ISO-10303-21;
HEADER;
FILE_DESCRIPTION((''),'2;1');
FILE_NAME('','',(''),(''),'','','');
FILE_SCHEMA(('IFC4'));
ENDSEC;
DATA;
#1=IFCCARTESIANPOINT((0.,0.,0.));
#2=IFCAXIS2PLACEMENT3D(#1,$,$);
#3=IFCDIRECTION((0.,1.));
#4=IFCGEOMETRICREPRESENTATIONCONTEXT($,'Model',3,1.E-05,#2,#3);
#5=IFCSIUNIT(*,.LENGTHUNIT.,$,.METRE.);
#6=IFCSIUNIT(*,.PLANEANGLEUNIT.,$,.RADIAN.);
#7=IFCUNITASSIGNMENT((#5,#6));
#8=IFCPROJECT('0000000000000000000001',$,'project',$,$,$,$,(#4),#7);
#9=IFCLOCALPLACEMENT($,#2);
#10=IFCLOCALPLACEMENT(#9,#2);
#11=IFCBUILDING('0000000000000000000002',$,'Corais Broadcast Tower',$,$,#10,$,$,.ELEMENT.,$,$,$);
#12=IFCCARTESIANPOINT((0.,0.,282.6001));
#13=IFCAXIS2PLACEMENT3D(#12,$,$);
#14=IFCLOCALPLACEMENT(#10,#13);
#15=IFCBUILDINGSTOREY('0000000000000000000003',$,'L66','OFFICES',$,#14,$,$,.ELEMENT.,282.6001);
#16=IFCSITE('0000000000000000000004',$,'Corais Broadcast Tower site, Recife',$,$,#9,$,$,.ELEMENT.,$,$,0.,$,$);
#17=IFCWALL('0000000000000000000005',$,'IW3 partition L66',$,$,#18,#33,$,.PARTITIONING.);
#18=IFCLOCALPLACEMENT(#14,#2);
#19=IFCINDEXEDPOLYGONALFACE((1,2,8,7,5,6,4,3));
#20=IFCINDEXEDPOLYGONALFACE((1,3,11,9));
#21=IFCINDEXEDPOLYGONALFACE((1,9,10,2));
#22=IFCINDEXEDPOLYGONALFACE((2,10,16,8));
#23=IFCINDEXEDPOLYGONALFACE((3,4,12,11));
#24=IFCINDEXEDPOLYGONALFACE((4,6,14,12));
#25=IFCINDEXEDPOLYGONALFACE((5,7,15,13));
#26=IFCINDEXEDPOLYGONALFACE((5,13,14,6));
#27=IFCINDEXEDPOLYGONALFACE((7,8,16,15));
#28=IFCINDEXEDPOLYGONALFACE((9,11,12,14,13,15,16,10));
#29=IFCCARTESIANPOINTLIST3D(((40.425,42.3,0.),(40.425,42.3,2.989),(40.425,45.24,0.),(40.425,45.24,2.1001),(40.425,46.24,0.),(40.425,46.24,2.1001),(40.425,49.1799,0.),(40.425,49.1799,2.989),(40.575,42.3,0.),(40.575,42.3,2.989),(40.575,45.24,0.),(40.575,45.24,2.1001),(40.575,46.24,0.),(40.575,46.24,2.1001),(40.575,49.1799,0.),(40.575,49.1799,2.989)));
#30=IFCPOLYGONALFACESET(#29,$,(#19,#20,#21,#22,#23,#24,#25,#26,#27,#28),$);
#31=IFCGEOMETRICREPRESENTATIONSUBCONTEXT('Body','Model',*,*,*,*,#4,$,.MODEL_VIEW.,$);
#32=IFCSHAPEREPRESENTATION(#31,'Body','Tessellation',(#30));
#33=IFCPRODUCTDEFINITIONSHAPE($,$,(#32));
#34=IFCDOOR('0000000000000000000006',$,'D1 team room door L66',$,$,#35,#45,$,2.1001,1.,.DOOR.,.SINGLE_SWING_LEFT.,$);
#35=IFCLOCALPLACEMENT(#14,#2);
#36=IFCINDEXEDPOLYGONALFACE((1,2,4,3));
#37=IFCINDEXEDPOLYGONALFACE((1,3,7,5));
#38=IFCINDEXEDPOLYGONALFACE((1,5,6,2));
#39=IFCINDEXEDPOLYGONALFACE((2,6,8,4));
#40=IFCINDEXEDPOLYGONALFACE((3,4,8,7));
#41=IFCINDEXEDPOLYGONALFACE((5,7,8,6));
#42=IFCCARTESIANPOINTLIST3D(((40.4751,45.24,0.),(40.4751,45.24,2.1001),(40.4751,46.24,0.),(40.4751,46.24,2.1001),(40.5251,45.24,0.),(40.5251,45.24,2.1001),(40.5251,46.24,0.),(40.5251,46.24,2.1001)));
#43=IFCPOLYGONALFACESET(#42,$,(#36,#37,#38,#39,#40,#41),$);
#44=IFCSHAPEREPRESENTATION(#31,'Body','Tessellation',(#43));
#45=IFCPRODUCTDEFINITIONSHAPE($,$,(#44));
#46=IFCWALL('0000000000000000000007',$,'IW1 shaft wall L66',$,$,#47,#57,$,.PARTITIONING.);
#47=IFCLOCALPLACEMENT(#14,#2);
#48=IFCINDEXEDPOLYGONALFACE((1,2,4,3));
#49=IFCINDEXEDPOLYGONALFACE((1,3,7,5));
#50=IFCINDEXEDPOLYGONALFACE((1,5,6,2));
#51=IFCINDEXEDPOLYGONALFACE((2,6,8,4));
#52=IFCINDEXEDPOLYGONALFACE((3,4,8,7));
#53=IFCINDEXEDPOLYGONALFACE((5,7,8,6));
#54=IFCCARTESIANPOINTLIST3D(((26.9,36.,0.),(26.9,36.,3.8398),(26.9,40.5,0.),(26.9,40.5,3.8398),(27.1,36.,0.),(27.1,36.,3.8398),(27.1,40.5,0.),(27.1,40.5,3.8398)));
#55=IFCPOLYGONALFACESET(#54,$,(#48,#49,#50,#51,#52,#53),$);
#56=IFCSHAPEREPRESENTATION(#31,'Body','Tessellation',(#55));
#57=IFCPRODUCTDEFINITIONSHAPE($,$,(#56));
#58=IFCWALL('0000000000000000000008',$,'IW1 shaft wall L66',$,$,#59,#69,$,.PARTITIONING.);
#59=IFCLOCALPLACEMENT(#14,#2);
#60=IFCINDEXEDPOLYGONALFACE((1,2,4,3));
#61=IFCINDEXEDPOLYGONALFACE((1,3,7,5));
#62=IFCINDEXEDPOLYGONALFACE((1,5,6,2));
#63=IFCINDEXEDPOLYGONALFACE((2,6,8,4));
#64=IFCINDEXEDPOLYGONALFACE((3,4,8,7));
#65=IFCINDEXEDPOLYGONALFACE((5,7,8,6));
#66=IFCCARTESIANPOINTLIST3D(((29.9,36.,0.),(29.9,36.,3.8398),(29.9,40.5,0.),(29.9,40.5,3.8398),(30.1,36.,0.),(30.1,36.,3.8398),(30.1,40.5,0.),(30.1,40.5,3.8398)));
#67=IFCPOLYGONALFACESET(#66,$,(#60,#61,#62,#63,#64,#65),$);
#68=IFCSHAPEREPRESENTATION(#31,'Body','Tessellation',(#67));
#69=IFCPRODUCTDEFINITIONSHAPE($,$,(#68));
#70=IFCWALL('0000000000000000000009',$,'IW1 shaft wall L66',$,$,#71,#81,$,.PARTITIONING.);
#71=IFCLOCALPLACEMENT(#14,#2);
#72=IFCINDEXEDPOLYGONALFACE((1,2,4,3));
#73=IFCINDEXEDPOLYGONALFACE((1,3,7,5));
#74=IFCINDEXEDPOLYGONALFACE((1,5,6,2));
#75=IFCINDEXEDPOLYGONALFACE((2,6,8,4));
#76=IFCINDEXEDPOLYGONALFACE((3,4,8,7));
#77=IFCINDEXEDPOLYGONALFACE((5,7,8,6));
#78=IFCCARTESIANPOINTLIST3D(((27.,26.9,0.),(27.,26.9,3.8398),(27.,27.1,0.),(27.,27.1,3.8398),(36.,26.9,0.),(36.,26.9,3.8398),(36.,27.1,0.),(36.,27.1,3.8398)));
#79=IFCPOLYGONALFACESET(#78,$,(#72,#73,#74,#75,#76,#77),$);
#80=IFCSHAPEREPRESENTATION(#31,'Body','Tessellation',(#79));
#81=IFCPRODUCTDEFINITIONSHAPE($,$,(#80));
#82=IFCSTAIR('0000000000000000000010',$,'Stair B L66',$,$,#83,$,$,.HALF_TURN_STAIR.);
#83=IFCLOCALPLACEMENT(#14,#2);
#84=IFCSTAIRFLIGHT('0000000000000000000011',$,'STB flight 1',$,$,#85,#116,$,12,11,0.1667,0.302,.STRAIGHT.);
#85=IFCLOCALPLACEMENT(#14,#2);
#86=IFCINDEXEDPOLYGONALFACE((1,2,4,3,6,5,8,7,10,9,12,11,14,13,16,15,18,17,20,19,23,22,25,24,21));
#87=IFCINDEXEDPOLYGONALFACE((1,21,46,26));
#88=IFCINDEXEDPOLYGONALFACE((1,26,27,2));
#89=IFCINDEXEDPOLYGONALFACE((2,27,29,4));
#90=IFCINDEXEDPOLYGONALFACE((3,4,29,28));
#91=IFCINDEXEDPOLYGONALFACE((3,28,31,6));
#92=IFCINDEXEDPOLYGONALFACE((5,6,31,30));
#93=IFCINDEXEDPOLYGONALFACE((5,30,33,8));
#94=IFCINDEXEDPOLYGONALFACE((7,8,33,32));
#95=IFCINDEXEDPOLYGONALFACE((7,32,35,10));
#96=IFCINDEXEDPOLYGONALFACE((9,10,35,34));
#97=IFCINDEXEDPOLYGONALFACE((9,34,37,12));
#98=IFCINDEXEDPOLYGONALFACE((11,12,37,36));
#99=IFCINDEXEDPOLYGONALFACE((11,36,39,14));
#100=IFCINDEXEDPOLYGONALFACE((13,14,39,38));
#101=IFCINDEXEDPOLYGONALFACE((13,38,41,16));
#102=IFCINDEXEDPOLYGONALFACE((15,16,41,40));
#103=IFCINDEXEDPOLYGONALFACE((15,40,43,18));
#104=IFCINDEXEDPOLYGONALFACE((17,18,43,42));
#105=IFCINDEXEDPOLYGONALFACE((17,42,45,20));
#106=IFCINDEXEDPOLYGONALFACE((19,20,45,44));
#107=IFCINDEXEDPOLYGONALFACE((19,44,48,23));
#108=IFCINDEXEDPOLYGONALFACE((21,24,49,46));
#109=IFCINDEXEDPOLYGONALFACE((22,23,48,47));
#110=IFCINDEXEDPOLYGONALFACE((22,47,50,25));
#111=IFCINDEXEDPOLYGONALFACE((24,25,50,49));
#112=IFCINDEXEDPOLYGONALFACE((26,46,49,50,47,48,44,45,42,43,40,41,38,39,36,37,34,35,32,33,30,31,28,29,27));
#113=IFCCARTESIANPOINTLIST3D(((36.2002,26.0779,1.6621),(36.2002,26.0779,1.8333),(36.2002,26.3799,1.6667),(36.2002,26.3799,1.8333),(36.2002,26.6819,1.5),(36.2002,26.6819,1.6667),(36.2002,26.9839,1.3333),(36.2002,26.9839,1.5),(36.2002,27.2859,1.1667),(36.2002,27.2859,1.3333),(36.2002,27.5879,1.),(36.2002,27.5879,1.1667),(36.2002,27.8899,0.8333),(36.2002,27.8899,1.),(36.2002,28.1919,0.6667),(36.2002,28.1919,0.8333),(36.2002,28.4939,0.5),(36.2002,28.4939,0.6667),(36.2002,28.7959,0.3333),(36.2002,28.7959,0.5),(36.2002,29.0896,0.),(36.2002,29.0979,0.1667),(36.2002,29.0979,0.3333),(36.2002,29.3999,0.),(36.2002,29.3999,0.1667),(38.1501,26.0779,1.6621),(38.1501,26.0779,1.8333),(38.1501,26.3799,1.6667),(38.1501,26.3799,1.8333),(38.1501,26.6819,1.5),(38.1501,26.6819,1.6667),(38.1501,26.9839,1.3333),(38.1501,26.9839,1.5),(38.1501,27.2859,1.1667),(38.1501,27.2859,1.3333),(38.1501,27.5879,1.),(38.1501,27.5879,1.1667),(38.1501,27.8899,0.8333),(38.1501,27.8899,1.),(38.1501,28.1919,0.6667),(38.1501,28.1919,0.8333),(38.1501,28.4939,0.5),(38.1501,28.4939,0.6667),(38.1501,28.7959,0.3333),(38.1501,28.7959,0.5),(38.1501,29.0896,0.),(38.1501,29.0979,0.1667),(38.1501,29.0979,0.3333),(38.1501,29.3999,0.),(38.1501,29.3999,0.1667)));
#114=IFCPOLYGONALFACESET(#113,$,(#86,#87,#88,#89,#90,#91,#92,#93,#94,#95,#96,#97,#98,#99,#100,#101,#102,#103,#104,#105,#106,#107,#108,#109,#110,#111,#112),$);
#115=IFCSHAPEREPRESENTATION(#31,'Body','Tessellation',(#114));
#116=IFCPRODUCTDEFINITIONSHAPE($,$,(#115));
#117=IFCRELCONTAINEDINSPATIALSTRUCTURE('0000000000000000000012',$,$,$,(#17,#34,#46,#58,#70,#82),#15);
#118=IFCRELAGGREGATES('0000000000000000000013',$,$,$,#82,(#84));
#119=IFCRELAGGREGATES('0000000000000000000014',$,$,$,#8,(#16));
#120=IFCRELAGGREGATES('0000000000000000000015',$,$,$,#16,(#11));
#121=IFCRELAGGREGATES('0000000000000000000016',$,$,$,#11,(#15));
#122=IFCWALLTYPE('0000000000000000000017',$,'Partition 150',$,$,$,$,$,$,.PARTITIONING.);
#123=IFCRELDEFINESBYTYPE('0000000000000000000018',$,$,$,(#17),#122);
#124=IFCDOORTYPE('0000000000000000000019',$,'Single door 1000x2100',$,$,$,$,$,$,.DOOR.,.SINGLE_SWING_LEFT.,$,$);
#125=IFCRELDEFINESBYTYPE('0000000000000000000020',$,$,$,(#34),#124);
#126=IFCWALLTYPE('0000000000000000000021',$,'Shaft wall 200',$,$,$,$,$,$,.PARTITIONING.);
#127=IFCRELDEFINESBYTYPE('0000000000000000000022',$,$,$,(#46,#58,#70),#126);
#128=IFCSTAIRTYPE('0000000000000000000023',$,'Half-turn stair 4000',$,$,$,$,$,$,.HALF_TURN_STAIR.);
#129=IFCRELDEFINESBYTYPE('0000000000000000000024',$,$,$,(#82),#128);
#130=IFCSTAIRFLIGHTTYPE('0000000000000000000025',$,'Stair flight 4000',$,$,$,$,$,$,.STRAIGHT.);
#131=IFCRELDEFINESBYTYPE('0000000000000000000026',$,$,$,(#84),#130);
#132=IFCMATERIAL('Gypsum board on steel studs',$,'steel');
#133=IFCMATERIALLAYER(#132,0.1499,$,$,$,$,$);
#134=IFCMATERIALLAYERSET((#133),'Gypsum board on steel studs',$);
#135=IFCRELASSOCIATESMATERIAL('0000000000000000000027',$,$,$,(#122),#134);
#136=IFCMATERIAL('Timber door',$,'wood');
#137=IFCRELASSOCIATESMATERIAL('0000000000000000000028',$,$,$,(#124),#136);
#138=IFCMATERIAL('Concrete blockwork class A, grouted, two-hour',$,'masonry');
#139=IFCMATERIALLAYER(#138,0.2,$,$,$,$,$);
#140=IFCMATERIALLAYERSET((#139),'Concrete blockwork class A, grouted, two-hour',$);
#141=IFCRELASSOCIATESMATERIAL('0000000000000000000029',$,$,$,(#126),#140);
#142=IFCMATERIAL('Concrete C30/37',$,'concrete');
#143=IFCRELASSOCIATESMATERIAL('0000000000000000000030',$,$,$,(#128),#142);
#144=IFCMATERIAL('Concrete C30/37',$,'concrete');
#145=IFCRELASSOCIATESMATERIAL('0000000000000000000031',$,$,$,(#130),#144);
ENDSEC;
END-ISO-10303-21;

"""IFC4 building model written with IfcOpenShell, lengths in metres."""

from ifc_helpers import new_model, si_unit, direction, frame, frame_2d, origin, place, context, subcontext, project, spatial, polyline, rectangle, outline, extrude, material, layer, layer_set, type_object, element, fill, aggregate, save


model = new_model("IFC4")

# Units and contexts
model_context = context("Model", 3, precision=1e-05, world=origin(), true_north=direction((0.0, 1.0)))
body_context = subcontext(model_context, "Body", "Model", "MODEL_VIEW")
ifc_project = project(units=[si_unit("LENGTHUNIT", "METRE"), si_unit("PLANEANGLEUNIT", "RADIAN")], contexts=[model_context])

# Site, building, storey
site_placement = place(None, origin())
site = spatial("IfcSite", under=ifc_project, at=site_placement, Name="Corais Broadcast Tower site, Recife", CompositionType="ELEMENT", RefElevation=0.0)
building_placement = place(site_placement, origin())
building = spatial("IfcBuilding", under=site, at=building_placement, Name="Corais Broadcast Tower", CompositionType="ELEMENT")
storey_placement = place(building_placement, frame((0.0, 0.0, 282.6001)))
storey = spatial("IfcBuildingStorey", under=building, at=storey_placement, Name="L66", Description="OFFICES", CompositionType="ELEMENT", Elevation=282.6001)

# Shared definitions
ifc_material_1 = material(Name="Gypsum board on steel studs", Category="steel")
ifc_layer_1 = layer(ifc_material_1, 0.1499)
ifc_layer_set_1 = layer_set([ifc_layer_1], Name="Gypsum board on steel studs")
wall_type_1 = type_object("IfcWallType", Name="Partition 150", PredefinedType="PARTITIONING", material=ifc_layer_set_1)
ifc_material_2 = material(Name="Timber door", Category="wood")
door_type = type_object("IfcDoorType", Name="Single door 1000x2100", OperationType="SINGLE_SWING_LEFT", PredefinedType="DOOR", material=ifc_material_2)

# Wall, opening, door
wall_1_placement = place(storey_placement, frame((40.5, 42.3, 0.0), z_axis=(0.0, 0.0, 1.0), x_axis=(0.0, 1.0, 0.0)))
wall_1 = element("IfcWall", 1, at=wall_1_placement, inside=storey, type_object=wall_type_1, Name="IW3 partition L66", PredefinedType="PARTITIONING", context=body_context, shape_type="SweptSolid", body=[
    extrude(rectangle(XDim=6.8799, YDim=0.1499, at=frame_2d((3.4399, 0.0))), origin(), (0.0, 0.0, 1.0), 2.989),
])
opening_1_placement = place(wall_1_placement, frame((2.9399, 0.0, 0.0)))
opening_1 = element("IfcOpeningElement", 2, at=opening_1_placement, cuts=wall_1, PredefinedType="OPENING", context=body_context, shape_type="SweptSolid", body=[
    extrude(rectangle(XDim=1.0, YDim=2.1001, at=frame_2d((0.5, 1.05))), frame((0.0, 0.085, 0.0), z_axis=(0.0, -1.0, 0.0), x_axis=(1.0, 0.0, 0.0)), (0.0, 0.0, 1.0), 0.1699),
])
door_1_placement = place(opening_1_placement, origin())
door_1 = element("IfcDoor", 3, at=door_1_placement, inside=storey, type_object=door_type, Name="D1 team room door L66", OperationType="SINGLE_SWING_LEFT", OverallHeight=2.1001, OverallWidth=1.0, PredefinedType="DOOR", context=body_context, shape_type="SweptSolid", body=[
    extrude(rectangle(XDim=1.0, YDim=2.1001, at=frame_2d((0.5, 1.05))), frame((0.0, 0.0249, 0.0), z_axis=(0.0, -1.0, 0.0), x_axis=(1.0, 0.0, 0.0)), (0.0, 0.0, 1.0), 0.05),
])
fill(opening_1, door_1)

# Walls
ifc_material_3 = material(Name="Concrete blockwork class A, grouted, two-hour", Category="masonry")
ifc_layer_2 = layer(ifc_material_3, 0.2)
ifc_layer_set_2 = layer_set([ifc_layer_2], Name="Concrete blockwork class A, grouted, two-hour")
wall_type_2 = type_object("IfcWallType", Name="Shaft wall 200", PredefinedType="PARTITIONING", material=ifc_layer_set_2)
for number, where, z_axis, x_axis, name in (
    (4, (27.0, 36.0, 0.0), (0.0, 0.0, 1.0), (0.0, 1.0, 0.0), "IW1 shaft wall L66"),
    (5, (30.0, 36.0, 0.0), (0.0, 0.0, 1.0), (0.0, 1.0, 0.0), "IW1 shaft wall L66"),
):
    element("IfcWall", number, at=place(storey_placement, frame(where, z_axis=z_axis, x_axis=x_axis)), inside=storey, type_object=wall_type_2, Name=name, PredefinedType="PARTITIONING", context=body_context, shape_type="SweptSolid", body=[
        extrude(rectangle(XDim=4.5, YDim=0.2, at=frame_2d((2.25, 0.0))), origin(), (0.0, 0.0, 1.0), 3.8398),
    ])
wall_2_placement = place(storey_placement, frame((27.0, 27.0, 0.0), z_axis=(0.0, 0.0, 1.0), x_axis=(1.0, 0.0, 0.0)))
element("IfcWall", 6, at=wall_2_placement, inside=storey, type_object=wall_type_2, Name="IW1 shaft wall L66", PredefinedType="PARTITIONING", context=body_context, shape_type="SweptSolid", body=[
    extrude(rectangle(XDim=9.0, YDim=0.2, at=frame_2d((4.5, 0.0))), origin(), (0.0, 0.0, 1.0), 3.8398),
])

# Stair, stair flight
ifc_material_4 = material(Name="Concrete C30/37", Category="concrete")
stair_type = type_object("IfcStairType", Name="Half-turn stair 4000", PredefinedType="HALF_TURN_STAIR", material=ifc_material_4)
stair_placement = place(storey_placement, origin())
stair = element("IfcStair", 7, at=stair_placement, inside=storey, type_object=stair_type, Name="Stair B L66", PredefinedType="HALF_TURN_STAIR")
ifc_material_5 = material(Name="Concrete C30/37", Category="concrete")
stair_flight_type = type_object("IfcStairFlightType", Name="Stair flight 4000", PredefinedType="STRAIGHT", material=ifc_material_5)
stair_flight_placement = place(storey_placement, frame((37.175, 29.3999, 0.0), z_axis=(0.0, 0.0, 1.0), x_axis=(0.0, -1.0, 0.0)))
stair_flight = element("IfcStairFlight", 8, at=stair_flight_placement, type_object=stair_flight_type, Name="STB flight 1", NumberOfRisers=12, NumberOfTreads=11, PredefinedType="STRAIGHT", RiserHeight=0.1667, TreadLength=0.302, context=body_context, shape_type="SweptSolid", body=[
    extrude(outline(polyline([(0.0, 0.0), (0.0, 0.1667), (0.302, 0.1667), (0.302, 0.3333), (0.604, 0.3333), (0.604, 0.5), (0.906, 0.5), (0.906, 0.6667), (1.208, 0.6667), (1.208, 0.8333), (1.51, 0.8333), (1.51, 1.0), (1.812, 1.0), (1.812, 1.1667), (2.114, 1.1667), (2.114, 1.3333), (2.416, 1.3333), (2.416, 1.5), (2.718, 1.5), (2.718, 1.6667), (3.02, 1.6667), (3.02, 1.8333), (3.322, 1.8333), (3.322, 2.0), (3.322, 1.6621), (0.3103, 0.0), (0.0, 0.0)])), frame((0.0, 0.9751, 0.0), z_axis=(0.0, -1.0, 0.0), x_axis=(1.0, 0.0, 0.0)), (0.0, 0.0, 1.0), 1.95),
])
aggregate(stair, [stair_flight])

save(model, "model.ifc")
